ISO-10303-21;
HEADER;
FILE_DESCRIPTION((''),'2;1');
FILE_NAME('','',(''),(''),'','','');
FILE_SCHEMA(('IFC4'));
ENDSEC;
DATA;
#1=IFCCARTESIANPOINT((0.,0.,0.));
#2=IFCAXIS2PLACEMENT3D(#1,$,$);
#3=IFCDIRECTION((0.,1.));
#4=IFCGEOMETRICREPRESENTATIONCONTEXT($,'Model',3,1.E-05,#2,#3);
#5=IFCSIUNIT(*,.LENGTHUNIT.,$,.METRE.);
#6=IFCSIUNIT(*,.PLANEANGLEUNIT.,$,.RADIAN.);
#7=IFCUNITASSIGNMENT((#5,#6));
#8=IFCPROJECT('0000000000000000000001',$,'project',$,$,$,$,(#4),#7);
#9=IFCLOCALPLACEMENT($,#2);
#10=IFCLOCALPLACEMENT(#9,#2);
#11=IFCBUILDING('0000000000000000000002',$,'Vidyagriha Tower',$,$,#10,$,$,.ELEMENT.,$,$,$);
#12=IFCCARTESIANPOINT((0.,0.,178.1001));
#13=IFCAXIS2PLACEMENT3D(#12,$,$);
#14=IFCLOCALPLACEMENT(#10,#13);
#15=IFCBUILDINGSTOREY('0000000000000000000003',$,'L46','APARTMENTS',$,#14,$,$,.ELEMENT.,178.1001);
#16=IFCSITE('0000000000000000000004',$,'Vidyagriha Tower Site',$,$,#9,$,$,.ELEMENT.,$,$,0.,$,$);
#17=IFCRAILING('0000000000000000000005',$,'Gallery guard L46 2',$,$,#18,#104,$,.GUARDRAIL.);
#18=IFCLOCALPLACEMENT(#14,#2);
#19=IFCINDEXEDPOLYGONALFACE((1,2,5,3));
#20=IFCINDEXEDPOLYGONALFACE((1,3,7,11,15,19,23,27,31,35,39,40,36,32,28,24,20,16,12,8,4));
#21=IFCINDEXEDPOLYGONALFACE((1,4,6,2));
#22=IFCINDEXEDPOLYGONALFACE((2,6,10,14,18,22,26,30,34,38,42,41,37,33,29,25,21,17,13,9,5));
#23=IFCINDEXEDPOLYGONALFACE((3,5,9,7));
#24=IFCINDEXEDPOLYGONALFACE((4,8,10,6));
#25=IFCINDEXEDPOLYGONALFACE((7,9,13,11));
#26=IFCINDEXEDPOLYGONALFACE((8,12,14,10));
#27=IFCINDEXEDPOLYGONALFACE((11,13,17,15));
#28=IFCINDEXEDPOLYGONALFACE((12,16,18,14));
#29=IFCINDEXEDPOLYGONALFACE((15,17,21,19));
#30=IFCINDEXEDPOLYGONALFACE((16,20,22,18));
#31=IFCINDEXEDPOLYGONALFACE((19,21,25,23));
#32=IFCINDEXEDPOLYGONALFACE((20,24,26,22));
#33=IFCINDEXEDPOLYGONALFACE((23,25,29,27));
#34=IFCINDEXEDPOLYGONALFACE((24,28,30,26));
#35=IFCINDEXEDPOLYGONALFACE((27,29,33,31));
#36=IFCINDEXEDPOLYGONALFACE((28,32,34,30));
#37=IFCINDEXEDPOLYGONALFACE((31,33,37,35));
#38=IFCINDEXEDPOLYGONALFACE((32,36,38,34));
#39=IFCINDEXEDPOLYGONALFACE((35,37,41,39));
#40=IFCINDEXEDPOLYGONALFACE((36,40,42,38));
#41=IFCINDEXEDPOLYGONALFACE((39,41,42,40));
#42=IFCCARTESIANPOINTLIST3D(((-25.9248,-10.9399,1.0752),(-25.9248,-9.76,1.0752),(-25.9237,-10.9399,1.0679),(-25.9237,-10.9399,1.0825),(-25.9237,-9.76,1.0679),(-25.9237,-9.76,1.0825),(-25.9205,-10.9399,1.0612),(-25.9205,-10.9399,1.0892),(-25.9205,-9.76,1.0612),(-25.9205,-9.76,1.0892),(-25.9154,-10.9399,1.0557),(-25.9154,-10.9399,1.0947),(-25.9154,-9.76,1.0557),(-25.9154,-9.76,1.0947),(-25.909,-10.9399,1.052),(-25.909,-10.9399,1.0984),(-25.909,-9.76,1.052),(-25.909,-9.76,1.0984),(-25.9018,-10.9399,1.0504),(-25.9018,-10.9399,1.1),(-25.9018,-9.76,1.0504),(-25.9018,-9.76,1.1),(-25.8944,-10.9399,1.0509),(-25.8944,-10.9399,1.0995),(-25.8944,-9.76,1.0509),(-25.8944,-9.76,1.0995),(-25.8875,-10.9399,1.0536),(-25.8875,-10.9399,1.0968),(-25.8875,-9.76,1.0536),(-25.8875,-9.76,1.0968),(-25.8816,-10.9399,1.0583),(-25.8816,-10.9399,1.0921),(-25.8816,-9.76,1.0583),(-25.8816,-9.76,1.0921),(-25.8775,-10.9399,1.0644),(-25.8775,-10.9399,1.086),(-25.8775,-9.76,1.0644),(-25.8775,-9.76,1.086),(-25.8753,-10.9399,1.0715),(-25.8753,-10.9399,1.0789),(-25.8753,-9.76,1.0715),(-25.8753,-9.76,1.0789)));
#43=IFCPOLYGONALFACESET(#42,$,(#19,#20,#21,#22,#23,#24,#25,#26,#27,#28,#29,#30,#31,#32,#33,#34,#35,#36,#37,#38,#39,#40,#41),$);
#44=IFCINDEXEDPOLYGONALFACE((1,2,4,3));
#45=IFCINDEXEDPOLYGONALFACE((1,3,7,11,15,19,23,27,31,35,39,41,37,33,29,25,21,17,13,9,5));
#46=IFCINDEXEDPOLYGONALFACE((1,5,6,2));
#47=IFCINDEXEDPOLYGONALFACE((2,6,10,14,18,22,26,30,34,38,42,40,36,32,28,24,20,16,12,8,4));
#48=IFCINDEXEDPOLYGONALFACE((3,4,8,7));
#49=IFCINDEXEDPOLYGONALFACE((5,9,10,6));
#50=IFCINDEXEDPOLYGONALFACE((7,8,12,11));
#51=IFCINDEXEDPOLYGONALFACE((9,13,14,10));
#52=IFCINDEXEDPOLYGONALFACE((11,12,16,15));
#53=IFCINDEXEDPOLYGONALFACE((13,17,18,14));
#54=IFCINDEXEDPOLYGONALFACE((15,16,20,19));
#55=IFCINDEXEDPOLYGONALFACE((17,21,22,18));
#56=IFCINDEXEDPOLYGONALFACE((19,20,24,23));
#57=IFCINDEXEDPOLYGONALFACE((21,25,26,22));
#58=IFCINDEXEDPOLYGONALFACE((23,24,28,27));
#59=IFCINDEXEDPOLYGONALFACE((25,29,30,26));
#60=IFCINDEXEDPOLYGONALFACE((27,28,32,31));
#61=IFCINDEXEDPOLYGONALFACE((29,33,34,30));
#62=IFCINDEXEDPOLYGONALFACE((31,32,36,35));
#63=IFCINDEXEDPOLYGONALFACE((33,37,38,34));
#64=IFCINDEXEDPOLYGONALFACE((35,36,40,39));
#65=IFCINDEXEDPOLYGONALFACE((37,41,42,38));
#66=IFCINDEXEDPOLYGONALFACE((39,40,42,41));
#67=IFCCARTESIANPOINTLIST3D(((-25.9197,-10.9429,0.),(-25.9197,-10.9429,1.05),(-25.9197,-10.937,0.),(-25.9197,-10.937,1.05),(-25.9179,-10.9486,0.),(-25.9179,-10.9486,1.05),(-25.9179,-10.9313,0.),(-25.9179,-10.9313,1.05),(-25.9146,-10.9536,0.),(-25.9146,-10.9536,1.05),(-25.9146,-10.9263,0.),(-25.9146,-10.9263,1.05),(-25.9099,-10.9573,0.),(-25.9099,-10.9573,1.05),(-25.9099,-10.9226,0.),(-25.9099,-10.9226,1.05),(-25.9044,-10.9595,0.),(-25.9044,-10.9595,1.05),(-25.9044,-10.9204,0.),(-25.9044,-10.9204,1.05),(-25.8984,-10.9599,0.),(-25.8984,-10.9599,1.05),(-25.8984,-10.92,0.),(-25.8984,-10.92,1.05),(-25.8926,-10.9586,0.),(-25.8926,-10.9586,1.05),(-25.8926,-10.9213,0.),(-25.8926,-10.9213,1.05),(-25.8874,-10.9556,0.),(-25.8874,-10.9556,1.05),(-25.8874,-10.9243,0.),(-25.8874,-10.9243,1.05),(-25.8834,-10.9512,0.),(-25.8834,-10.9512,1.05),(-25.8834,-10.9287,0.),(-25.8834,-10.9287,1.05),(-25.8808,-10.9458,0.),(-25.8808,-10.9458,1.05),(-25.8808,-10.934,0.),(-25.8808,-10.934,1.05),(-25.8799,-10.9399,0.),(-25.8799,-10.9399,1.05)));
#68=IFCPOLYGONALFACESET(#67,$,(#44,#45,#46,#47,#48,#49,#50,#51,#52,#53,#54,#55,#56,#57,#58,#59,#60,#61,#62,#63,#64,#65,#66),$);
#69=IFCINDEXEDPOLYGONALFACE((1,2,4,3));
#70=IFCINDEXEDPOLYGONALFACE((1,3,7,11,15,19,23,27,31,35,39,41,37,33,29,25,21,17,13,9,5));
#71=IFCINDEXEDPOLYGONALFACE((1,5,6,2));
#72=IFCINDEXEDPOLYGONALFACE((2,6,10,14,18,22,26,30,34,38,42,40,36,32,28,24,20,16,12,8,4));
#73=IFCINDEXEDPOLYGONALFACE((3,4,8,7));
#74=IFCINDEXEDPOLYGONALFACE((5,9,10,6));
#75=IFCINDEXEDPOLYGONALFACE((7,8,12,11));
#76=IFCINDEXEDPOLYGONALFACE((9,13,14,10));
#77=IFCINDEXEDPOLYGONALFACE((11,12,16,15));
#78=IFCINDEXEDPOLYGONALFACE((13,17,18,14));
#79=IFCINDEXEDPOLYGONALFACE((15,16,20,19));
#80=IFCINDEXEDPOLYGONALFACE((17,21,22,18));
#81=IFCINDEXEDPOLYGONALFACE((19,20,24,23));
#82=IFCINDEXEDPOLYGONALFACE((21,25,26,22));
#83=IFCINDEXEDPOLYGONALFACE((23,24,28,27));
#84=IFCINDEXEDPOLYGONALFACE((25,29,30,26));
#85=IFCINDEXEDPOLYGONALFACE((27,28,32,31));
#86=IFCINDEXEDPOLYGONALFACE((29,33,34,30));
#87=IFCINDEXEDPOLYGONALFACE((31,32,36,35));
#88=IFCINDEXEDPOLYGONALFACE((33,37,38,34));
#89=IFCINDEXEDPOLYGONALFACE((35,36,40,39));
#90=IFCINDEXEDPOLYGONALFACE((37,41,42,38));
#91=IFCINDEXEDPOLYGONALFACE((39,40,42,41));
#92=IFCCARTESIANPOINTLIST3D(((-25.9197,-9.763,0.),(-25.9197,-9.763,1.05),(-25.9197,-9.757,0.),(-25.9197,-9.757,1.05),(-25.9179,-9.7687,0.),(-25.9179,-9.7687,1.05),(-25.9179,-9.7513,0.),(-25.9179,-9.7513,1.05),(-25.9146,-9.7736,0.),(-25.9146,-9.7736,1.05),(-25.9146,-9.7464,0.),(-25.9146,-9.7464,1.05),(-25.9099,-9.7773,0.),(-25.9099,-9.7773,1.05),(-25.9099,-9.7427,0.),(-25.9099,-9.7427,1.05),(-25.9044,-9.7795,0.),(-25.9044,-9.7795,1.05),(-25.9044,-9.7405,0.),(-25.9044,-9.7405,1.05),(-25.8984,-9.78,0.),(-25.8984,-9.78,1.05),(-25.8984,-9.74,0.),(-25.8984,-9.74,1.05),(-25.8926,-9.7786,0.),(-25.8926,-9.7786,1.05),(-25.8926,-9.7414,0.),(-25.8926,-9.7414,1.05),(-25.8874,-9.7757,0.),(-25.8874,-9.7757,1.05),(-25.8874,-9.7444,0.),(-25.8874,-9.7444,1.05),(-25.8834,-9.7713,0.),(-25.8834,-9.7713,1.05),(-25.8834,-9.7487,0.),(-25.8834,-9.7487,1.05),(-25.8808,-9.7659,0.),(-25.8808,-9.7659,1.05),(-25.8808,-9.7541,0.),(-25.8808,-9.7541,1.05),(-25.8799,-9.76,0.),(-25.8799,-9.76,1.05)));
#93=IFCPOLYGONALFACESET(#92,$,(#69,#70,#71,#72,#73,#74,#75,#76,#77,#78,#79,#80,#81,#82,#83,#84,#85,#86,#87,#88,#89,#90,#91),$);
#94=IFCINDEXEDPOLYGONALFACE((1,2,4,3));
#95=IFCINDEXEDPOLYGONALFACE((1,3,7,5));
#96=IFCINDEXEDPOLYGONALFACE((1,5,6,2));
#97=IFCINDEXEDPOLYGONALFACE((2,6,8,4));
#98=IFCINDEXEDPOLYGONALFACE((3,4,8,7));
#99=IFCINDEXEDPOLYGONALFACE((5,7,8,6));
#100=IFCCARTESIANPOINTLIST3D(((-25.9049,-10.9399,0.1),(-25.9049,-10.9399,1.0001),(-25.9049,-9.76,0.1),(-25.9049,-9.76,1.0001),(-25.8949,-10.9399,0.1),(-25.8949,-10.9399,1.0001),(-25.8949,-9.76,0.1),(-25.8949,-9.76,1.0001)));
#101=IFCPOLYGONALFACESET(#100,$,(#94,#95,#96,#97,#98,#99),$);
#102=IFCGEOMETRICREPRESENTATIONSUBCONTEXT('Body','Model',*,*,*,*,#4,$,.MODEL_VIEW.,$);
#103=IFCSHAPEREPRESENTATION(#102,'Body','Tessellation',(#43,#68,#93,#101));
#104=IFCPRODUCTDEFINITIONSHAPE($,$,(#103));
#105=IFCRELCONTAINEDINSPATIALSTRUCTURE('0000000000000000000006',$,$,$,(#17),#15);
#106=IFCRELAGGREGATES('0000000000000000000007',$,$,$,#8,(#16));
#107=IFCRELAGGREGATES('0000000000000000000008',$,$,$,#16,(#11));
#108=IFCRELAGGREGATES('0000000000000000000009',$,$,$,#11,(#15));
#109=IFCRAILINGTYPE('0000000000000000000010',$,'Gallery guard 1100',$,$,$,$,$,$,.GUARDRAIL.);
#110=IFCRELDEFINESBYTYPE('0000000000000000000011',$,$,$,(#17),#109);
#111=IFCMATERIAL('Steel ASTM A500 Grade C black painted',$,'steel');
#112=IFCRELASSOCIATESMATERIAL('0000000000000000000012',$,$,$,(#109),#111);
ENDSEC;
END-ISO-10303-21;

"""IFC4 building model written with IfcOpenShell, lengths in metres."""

from ifc_helpers import new_model, si_unit, direction, frame, origin, origin_2d, place, context, subcontext, project, spatial, rectangle, circle, extrude, material, type_object, element, save


model = new_model("IFC4")

# Units and contexts
model_context = context("Model", 3, precision=1e-05, world=origin(), true_north=direction((0.0, 1.0)))
body_context = subcontext(model_context, "Body", "Model", "MODEL_VIEW")
ifc_project = project(units=[si_unit("LENGTHUNIT", "METRE"), si_unit("PLANEANGLEUNIT", "RADIAN")], contexts=[model_context])

# Site, building, storey
site_placement = place(None, origin())
site = spatial("IfcSite", under=ifc_project, at=site_placement, Name="Vidyagriha Tower Site", CompositionType="ELEMENT", RefElevation=0.0)
building_placement = place(site_placement, origin())
building = spatial("IfcBuilding", under=site, at=building_placement, Name="Vidyagriha Tower", CompositionType="ELEMENT")
storey_placement = place(building_placement, frame((0.0, 0.0, 178.1001)))
storey = spatial("IfcBuildingStorey", under=building, at=storey_placement, Name="L46", Description="APARTMENTS", CompositionType="ELEMENT", Elevation=178.1001)

# Railing
ifc_material_1 = material(Name="Steel ASTM A500 Grade C black painted", Category="steel")
railing_type_1 = type_object("IfcRailingType", Name="Gallery guard 1100", PredefinedType="GUARDRAIL", material=ifc_material_1)
railing_1_placement = place(storey_placement, frame((-25.8999, -10.9399, 0.0)))
element("IfcRailing", 1, at=railing_1_placement, inside=storey, type_object=railing_type_1, Name="Gallery guard L46 2", PredefinedType="GUARDRAIL", context=body_context, shape_type="SweptSolid", body=[
    extrude(circle(Radius=0.0249, at=origin_2d()), frame((0.0, 0.0, 1.0752), z_axis=(0.0, 1.0, 0.0), x_axis=(-1.0, 0.0, 0.0)), (0.0, 0.0, 1.0), 1.1799),
    extrude(circle(Radius=0.02, at=origin_2d()), origin(), (0.0, 0.0, 1.0), 1.05),
    extrude(circle(Radius=0.02, at=origin_2d()), frame((0.0, 1.1799, 0.0)), (0.0, 0.0, 1.0), 1.05),
    extrude(rectangle(XDim=0.01, YDim=0.9001, at=origin_2d()), frame((0.0, 0.0, 0.55), z_axis=(0.0, 1.0, 0.0), x_axis=(-1.0, 0.0, 0.0)), (0.0, 0.0, 1.0), 1.1799),
])

save(model, "model.ifc")
